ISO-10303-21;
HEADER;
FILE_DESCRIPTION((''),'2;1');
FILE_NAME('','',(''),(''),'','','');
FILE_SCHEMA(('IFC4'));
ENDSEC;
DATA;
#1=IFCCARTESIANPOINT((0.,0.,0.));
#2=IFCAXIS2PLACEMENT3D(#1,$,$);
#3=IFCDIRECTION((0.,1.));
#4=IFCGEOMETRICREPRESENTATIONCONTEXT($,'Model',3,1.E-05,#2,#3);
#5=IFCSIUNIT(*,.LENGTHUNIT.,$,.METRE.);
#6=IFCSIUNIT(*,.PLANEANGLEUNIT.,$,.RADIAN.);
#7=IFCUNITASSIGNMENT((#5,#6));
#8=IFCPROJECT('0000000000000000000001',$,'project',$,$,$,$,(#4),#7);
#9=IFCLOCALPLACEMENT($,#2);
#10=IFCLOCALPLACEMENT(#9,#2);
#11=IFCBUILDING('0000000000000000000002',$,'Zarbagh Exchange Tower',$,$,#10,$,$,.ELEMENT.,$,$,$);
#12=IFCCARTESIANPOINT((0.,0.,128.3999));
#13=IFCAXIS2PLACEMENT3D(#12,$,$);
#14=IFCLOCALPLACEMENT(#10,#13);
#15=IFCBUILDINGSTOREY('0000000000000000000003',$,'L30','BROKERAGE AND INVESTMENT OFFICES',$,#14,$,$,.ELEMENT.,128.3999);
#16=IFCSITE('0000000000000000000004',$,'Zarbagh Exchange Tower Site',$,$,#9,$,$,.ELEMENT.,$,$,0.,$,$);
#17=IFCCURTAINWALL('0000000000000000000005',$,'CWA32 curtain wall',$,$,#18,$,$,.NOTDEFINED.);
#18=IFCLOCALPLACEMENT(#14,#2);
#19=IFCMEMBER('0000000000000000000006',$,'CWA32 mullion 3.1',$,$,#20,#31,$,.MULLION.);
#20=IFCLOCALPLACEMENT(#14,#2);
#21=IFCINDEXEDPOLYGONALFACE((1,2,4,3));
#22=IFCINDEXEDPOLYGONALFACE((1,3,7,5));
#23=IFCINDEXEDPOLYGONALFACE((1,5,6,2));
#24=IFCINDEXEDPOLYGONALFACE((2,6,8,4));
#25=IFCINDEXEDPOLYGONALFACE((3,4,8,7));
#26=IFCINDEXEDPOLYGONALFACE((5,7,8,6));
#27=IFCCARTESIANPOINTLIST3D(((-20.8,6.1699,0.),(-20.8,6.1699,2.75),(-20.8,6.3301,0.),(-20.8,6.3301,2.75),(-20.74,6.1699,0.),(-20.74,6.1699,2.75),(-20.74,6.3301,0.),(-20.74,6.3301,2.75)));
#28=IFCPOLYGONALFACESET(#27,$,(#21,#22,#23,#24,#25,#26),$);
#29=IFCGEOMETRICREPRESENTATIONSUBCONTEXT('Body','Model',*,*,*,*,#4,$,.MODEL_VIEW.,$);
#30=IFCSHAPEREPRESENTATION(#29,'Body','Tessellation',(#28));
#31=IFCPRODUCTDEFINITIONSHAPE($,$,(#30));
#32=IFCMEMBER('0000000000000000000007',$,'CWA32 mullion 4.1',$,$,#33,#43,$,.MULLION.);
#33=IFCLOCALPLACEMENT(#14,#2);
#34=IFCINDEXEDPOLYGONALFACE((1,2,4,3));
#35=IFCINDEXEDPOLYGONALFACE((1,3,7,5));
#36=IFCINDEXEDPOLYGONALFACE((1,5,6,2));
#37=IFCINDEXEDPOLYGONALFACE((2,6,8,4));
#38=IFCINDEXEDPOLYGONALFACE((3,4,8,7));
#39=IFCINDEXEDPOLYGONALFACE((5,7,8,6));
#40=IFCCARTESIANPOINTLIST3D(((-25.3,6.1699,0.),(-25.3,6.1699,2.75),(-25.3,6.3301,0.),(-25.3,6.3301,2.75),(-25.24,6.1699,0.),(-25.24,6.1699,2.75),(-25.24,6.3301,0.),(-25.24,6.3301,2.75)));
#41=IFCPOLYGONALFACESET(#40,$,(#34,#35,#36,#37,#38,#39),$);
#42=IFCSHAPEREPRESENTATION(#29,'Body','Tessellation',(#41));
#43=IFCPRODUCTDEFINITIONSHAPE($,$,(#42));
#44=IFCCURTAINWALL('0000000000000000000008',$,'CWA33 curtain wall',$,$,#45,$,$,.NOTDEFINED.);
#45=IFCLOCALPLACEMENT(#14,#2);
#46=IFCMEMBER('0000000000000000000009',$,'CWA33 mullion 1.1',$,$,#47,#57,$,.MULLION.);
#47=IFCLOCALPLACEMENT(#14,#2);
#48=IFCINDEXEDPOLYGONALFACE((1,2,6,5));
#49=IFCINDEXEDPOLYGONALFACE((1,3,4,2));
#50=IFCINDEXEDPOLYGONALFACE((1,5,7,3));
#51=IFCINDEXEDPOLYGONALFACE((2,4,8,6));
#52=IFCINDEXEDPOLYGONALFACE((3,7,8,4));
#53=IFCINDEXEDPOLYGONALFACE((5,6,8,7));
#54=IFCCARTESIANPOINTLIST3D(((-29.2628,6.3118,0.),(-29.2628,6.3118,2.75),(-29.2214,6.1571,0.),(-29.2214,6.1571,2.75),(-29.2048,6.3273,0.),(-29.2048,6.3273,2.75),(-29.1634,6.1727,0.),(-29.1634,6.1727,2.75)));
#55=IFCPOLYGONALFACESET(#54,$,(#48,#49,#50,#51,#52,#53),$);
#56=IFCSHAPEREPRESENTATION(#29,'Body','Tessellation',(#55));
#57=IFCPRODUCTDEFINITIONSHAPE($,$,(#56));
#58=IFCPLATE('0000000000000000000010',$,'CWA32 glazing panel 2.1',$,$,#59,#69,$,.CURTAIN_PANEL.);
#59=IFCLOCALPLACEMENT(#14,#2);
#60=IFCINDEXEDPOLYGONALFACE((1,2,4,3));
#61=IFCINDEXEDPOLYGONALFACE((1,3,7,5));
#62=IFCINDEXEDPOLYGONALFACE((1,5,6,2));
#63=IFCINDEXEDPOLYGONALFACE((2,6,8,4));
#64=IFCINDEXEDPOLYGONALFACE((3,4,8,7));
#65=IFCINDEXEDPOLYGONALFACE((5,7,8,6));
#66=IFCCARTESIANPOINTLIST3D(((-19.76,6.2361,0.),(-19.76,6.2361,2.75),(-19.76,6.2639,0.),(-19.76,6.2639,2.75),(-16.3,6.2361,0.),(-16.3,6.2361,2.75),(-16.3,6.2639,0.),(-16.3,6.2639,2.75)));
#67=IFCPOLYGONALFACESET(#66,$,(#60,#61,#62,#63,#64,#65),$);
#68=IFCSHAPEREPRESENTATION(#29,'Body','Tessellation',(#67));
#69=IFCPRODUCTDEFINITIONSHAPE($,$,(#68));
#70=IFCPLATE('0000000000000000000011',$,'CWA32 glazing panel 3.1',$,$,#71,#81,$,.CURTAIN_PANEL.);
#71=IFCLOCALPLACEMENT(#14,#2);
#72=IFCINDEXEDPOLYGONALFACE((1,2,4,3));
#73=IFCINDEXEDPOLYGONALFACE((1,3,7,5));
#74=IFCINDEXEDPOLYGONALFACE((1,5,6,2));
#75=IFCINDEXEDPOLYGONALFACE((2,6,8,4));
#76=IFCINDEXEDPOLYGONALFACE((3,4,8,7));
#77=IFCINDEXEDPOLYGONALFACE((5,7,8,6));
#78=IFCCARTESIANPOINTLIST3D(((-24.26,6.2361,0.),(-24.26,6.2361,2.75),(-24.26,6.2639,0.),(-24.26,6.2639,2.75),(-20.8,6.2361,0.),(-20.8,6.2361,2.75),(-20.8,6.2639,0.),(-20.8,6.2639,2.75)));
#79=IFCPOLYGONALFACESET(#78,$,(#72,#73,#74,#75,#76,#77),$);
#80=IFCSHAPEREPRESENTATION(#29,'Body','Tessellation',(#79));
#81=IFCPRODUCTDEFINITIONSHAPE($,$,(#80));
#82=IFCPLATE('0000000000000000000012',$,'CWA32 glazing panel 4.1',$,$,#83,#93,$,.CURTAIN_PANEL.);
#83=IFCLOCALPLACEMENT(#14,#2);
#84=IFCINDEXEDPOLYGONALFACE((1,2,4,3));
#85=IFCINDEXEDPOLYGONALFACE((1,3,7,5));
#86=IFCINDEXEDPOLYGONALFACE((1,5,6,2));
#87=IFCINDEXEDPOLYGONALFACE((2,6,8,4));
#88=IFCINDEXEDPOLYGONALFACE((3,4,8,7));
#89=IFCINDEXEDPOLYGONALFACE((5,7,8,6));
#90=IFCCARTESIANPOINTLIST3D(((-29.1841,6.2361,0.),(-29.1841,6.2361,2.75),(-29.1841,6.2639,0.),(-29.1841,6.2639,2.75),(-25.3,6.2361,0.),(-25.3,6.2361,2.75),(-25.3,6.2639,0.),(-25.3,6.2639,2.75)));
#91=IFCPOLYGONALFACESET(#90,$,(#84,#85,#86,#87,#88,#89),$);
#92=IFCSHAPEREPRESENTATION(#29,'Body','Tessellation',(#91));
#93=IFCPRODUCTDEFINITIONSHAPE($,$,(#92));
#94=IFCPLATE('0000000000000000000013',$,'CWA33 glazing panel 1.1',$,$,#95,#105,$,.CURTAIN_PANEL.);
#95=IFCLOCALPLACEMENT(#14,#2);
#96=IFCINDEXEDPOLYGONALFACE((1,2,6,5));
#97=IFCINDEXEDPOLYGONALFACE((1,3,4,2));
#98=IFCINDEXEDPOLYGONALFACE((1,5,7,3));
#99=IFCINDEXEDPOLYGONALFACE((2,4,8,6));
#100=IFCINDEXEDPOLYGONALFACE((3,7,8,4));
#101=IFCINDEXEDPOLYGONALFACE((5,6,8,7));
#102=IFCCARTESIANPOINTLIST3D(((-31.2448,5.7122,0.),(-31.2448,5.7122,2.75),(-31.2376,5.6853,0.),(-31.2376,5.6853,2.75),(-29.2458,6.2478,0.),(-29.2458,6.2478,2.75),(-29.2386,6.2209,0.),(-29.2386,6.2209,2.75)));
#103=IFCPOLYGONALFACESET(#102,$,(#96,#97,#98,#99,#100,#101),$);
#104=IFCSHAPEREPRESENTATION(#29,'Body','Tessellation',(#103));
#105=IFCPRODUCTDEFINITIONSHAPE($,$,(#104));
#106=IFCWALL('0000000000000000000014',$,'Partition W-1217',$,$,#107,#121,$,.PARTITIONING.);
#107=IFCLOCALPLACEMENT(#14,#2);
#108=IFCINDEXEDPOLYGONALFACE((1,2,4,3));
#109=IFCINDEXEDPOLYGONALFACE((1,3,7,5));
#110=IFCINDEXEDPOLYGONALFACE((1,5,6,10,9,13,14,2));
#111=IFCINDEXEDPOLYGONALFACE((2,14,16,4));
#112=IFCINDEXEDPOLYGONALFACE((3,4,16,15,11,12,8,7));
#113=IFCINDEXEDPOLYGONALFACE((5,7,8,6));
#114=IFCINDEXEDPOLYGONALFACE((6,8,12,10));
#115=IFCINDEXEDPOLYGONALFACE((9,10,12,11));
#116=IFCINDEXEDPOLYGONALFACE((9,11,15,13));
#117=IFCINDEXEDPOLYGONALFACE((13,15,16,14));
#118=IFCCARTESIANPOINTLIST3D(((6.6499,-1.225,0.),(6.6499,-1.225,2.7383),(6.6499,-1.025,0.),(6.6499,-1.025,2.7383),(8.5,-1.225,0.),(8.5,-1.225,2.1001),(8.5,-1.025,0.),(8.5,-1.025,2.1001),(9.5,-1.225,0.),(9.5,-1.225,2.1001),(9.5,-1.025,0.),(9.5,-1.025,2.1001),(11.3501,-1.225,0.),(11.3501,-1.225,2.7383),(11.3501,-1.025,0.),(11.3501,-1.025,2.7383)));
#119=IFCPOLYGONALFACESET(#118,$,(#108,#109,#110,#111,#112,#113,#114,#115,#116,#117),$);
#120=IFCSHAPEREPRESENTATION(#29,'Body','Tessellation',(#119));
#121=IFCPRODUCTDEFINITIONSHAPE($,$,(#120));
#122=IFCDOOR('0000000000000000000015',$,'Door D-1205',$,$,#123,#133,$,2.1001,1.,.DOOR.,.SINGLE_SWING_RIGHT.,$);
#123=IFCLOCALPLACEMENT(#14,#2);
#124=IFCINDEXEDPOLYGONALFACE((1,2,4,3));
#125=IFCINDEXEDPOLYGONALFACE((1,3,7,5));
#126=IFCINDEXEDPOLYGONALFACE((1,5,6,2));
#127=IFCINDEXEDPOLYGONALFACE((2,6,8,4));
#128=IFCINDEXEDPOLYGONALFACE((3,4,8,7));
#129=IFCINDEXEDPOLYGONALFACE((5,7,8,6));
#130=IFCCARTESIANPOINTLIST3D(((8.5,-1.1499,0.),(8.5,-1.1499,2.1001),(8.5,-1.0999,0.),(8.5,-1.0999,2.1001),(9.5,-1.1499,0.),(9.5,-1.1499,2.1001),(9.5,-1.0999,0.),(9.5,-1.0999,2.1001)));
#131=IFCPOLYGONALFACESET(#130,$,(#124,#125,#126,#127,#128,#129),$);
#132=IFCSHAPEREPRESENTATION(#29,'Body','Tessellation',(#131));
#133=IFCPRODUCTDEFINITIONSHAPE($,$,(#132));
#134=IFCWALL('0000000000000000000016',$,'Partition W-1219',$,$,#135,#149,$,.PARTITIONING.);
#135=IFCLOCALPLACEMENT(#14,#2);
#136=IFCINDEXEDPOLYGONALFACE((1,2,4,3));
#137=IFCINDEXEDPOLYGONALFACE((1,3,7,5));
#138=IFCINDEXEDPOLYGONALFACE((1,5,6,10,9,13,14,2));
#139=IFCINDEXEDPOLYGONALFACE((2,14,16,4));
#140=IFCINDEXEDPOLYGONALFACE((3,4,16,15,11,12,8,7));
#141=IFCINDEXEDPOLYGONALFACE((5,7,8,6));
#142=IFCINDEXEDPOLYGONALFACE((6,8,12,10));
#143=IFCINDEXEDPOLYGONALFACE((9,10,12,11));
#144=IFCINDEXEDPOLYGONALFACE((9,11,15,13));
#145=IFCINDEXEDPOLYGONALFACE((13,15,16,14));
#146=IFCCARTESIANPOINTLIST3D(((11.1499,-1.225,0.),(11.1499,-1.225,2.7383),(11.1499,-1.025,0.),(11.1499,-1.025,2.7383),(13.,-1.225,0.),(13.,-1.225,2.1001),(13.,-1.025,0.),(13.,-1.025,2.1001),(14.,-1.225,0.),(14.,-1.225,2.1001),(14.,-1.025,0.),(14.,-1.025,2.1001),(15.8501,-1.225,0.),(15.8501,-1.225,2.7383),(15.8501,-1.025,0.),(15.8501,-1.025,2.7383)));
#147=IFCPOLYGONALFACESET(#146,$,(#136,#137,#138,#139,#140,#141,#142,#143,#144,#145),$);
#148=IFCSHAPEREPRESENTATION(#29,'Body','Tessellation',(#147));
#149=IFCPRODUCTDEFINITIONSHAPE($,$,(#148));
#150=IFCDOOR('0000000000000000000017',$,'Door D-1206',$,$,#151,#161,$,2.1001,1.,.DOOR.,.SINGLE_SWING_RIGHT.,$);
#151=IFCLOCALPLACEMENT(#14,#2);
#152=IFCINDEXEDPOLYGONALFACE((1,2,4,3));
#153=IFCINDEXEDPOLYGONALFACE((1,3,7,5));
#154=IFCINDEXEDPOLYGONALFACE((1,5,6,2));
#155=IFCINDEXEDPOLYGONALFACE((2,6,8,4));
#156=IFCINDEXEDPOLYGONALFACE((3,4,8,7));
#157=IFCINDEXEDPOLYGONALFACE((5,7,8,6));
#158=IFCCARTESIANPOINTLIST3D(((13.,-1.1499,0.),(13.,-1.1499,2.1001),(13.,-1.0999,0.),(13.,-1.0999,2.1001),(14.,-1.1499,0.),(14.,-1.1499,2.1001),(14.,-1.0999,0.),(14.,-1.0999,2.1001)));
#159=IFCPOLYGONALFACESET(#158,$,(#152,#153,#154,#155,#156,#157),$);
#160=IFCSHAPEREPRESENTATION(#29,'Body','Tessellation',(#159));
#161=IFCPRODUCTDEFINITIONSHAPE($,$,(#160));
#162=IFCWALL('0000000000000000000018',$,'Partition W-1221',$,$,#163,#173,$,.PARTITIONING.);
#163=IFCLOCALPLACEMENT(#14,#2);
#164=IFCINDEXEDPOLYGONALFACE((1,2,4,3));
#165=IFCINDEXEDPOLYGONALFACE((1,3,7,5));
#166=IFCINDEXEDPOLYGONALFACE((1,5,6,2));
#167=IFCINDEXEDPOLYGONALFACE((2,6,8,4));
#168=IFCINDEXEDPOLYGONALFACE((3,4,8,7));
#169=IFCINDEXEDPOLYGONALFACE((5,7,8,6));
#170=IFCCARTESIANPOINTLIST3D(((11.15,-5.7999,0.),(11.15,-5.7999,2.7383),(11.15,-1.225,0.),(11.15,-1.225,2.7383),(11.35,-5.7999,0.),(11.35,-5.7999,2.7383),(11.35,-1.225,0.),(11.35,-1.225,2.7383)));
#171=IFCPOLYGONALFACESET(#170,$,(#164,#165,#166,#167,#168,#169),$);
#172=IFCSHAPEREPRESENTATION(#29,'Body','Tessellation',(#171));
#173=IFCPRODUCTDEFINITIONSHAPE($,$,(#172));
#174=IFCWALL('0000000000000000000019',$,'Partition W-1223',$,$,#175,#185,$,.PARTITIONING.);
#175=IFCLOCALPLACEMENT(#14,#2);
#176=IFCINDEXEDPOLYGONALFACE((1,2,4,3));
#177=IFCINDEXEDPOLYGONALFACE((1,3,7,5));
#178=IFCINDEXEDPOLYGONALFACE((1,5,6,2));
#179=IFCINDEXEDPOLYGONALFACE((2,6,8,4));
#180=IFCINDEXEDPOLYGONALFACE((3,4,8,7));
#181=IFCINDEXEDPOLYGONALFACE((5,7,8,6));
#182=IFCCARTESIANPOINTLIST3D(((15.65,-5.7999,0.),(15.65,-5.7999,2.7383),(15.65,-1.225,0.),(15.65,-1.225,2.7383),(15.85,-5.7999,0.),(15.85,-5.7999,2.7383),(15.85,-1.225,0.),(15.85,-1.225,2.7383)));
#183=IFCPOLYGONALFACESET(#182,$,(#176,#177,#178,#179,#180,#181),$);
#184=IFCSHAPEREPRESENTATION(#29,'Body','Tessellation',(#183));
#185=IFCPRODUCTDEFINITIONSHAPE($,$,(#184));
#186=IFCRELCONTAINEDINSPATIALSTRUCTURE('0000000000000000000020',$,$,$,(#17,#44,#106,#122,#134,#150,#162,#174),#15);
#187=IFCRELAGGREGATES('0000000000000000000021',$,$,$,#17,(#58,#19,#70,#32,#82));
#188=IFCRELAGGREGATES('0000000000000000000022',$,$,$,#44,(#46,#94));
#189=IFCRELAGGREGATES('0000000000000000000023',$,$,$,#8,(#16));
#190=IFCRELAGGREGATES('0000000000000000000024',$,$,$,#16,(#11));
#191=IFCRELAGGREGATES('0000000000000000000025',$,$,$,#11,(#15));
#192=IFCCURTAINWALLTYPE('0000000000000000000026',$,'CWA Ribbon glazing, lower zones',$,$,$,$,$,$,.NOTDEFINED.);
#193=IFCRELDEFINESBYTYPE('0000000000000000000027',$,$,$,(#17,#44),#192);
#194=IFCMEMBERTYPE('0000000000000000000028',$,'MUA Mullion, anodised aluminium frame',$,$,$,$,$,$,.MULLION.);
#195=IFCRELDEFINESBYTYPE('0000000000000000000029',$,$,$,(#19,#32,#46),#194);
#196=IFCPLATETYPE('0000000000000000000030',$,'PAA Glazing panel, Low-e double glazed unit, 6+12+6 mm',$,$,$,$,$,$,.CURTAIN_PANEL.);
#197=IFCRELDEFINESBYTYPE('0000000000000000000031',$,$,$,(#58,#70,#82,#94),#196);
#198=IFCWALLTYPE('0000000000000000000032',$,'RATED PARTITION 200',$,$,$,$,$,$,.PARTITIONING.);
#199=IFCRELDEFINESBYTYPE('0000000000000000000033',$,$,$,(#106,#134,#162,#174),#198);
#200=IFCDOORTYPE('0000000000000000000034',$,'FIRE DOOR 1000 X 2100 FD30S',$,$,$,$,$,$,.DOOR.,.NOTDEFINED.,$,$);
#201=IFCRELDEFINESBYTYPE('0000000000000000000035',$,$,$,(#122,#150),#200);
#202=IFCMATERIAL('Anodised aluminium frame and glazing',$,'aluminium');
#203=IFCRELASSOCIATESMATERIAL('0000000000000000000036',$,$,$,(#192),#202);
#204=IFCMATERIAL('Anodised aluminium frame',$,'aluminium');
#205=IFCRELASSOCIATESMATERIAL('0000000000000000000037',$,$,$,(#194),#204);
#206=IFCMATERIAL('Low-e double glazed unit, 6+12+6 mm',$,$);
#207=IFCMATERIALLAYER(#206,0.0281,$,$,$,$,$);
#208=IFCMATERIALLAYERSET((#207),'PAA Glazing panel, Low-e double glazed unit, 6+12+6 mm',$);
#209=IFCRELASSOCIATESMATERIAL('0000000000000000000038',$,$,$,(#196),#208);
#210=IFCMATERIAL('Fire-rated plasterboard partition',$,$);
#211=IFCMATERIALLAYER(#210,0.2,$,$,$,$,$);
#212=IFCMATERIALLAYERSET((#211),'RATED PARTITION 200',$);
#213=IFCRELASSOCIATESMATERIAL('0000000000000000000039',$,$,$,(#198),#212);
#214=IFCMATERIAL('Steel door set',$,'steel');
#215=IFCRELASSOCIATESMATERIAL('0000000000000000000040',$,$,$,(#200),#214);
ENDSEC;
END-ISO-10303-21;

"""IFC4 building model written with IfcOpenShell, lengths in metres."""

from ifc_helpers import new_model, si_unit, direction, frame, frame_2d, origin, place, context, subcontext, project, spatial, polyline, rectangle, outline, extrude, source, transform, mapped, material, layer, layer_set, type_object, element, fill, aggregate, save


model = new_model("IFC4")

# Units and contexts
model_context = context("Model", 3, precision=1e-05, world=origin(), true_north=direction((0.0, 1.0)))
body_context = subcontext(model_context, "Body", "Model", "MODEL_VIEW")
ifc_project = project(units=[si_unit("LENGTHUNIT", "METRE"), si_unit("PLANEANGLEUNIT", "RADIAN")], contexts=[model_context])

# Site, building, storey
site_placement = place(None, origin())
site = spatial("IfcSite", under=ifc_project, at=site_placement, Name="Zarbagh Exchange Tower Site", CompositionType="ELEMENT", RefElevation=0.0)
building_placement = place(site_placement, origin())
building = spatial("IfcBuilding", under=site, at=building_placement, Name="Zarbagh Exchange Tower", CompositionType="ELEMENT")
storey_placement = place(building_placement, frame((0.0, 0.0, 128.3999)))
storey = spatial("IfcBuildingStorey", under=building, at=storey_placement, Name="L30", Description="BROKERAGE AND INVESTMENT OFFICES", CompositionType="ELEMENT", Elevation=128.3999)

# Curtain wall, members
ifc_material_1 = material(Name="Anodised aluminium frame and glazing", Category="aluminium")
curtain_wall_type = type_object("IfcCurtainWallType", Name="CWA Ribbon glazing, lower zones", PredefinedType="NOTDEFINED", material=ifc_material_1)
curtain_wall_1_placement = place(storey_placement, origin())
curtain_wall_1 = element("IfcCurtainWall", 1, at=curtain_wall_1_placement, inside=storey, type_object=curtain_wall_type, Name="CWA32 curtain wall", PredefinedType="NOTDEFINED")
ifc_material_2 = material(Name="Anodised aluminium frame", Category="aluminium")
member_type = type_object("IfcMemberType", Name="MUA Mullion, anodised aluminium frame", PredefinedType="MULLION", material=ifc_material_2)
shared_shape_1 = source(origin(), body_context, "Body", "SweptSolid", [
    extrude(outline(polyline([(0.0, -0.0801), (0.0601, -0.0801), (0.0601, 0.0801), (0.0, 0.0801), (0.0, -0.0801)])), origin(), (0.0, 0.0, 1.0), 2.75),
])
placement = place(storey_placement, origin())
member_1 = element("IfcMember", 2, at=placement, type_object=member_type, Name="CWA32 mullion 3.1", PredefinedType="MULLION", context=body_context, shape_type="MappedRepresentation", body=[
    mapped(shared_shape_1, transform((-20.74, 6.25, 0.0), x_axis=(-1.0, 0.0, 0.0), y_axis=(0.0, -1.0, 0.0), z_axis=(0.0, 0.0, 1.0))),
])
member_2 = element("IfcMember", 3, at=placement, type_object=member_type, Name="CWA32 mullion 4.1", PredefinedType="MULLION", context=body_context, shape_type="MappedRepresentation", body=[
    mapped(shared_shape_1, transform((-25.24, 6.25, 0.0), x_axis=(-1.0, 0.0, 0.0), y_axis=(0.0, -1.0, 0.0), z_axis=(0.0, 0.0, 1.0))),
])

# Curtain wall, member
curtain_wall_2_placement = place(storey_placement, origin())
curtain_wall_2 = element("IfcCurtainWall", 4, at=curtain_wall_2_placement, inside=storey, type_object=curtain_wall_type, Name="CWA33 curtain wall", PredefinedType="NOTDEFINED")
member_3 = element("IfcMember", 5, at=placement, type_object=member_type, Name="CWA33 mullion 1.1", PredefinedType="MULLION", context=body_context, shape_type="MappedRepresentation", body=[
    mapped(shared_shape_1, transform((-29.1841, 6.25, 0.0), x_axis=(-0.965924, -0.258825, 0.0), y_axis=(0.258825, -0.965924, 0.0), z_axis=(0.0, 0.0, 1.0))),
])

# Plates
ifc_material_3 = material(Name="Low-e double glazed unit, 6+12+6 mm")
ifc_layer_1 = layer(ifc_material_3, 0.0281)
ifc_layer_set_1 = layer_set([ifc_layer_1], Name="PAA Glazing panel, Low-e double glazed unit, 6+12+6 mm")
plate_type = type_object("IfcPlateType", Name="PAA Glazing panel, Low-e double glazed unit, 6+12+6 mm", PredefinedType="CURTAIN_PANEL", material=ifc_layer_set_1)
shared_shape_2 = source(origin(), body_context, "Body", "SweptSolid", [
    extrude(outline(polyline([(0.0, -0.0139), (3.46, -0.0139), (3.46, 0.0139), (0.0, 0.0139), (0.0, -0.0139)])), origin(), (0.0, 0.0, 1.0), 2.75),
])
plate_1 = element("IfcPlate", 6, at=placement, type_object=plate_type, Name="CWA32 glazing panel 2.1", PredefinedType="CURTAIN_PANEL", context=body_context, shape_type="MappedRepresentation", body=[
    mapped(shared_shape_2, transform((-16.3, 6.25, 0.0), x_axis=(-1.0, 0.0, 0.0), y_axis=(0.0, -1.0, 0.0), z_axis=(0.0, 0.0, 1.0))),
])
plate_2 = element("IfcPlate", 7, at=placement, type_object=plate_type, Name="CWA32 glazing panel 3.1", PredefinedType="CURTAIN_PANEL", context=body_context, shape_type="MappedRepresentation", body=[
    mapped(shared_shape_2, transform((-20.8, 6.25, 0.0), x_axis=(-1.0, 0.0, 0.0), y_axis=(0.0, -1.0, 0.0), z_axis=(0.0, 0.0, 1.0))),
])
shared_shape_3 = source(origin(), body_context, "Body", "SweptSolid", [
    extrude(outline(polyline([(0.0, -0.0139), (3.884, -0.0139), (3.884, 0.0139), (0.0, 0.0139), (0.0, -0.0139)])), origin(), (0.0, 0.0, 1.0), 2.75),
])
plate_3 = element("IfcPlate", 8, at=placement, type_object=plate_type, Name="CWA32 glazing panel 4.1", PredefinedType="CURTAIN_PANEL", context=body_context, shape_type="MappedRepresentation", body=[
    mapped(shared_shape_3, transform((-25.3, 6.25, 0.0), x_axis=(-1.0, 0.0, 0.0), y_axis=(0.0, -1.0, 0.0), z_axis=(0.0, 0.0, 1.0))),
])
aggregate(curtain_wall_1, [plate_1, member_1, plate_2, member_2, plate_3])
shared_shape_4 = source(origin(), body_context, "Body", "SweptSolid", [
    extrude(outline(polyline([(0.0, -0.0139), (2.0696, -0.0139), (2.0696, 0.0139), (0.0, 0.0139), (0.0, -0.0139)])), origin(), (0.0, 0.0, 1.0), 2.75),
])
plate_4 = element("IfcPlate", 9, at=placement, type_object=plate_type, Name="CWA33 glazing panel 1.1", PredefinedType="CURTAIN_PANEL", context=body_context, shape_type="MappedRepresentation", body=[
    mapped(shared_shape_4, transform((-29.2422, 6.2344, 0.0), x_axis=(-0.965924, -0.258825, 0.0), y_axis=(0.258825, -0.965924, 0.0), z_axis=(0.0, 0.0, 1.0))),
])
aggregate(curtain_wall_2, [member_3, plate_4])

# Walls, openings, doors
ifc_material_4 = material(Name="Fire-rated plasterboard partition")
ifc_layer_2 = layer(ifc_material_4, 0.2)
ifc_layer_set_2 = layer_set([ifc_layer_2], Name="RATED PARTITION 200")
wall_type = type_object("IfcWallType", Name="RATED PARTITION 200", PredefinedType="PARTITIONING", material=ifc_layer_set_2)
wall_1_placement = place(storey_placement, frame((11.3501, -1.125, 0.0), z_axis=(0.0, 0.0, 1.0), x_axis=(-1.0, 0.0, 0.0)))
wall_1 = element("IfcWall", 10, at=wall_1_placement, inside=storey, type_object=wall_type, Name="Partition W-1217", PredefinedType="PARTITIONING", context=body_context, shape_type="SweptSolid", body=[
    extrude(rectangle(XDim=4.7002, YDim=0.2, at=frame_2d((2.3501, 0.0))), origin(), (0.0, 0.0, 1.0), 2.7383),
])
opening_1_placement = place(wall_1_placement, frame((1.8501, 0.0, 0.0)))
opening_1 = element("IfcOpeningElement", 11, at=opening_1_placement, cuts=wall_1, PredefinedType="OPENING", context=body_context, shape_type="SweptSolid", body=[
    extrude(rectangle(XDim=1.0, YDim=2.1001, at=frame_2d((0.5, 1.05))), frame((0.0, 0.1099, 0.0), z_axis=(0.0, -1.0, 0.0), x_axis=(1.0, 0.0, 0.0)), (0.0, 0.0, 1.0), 0.22),
])
ifc_material_5 = material(Name="Steel door set", Category="steel")
door_type = type_object("IfcDoorType", Name="FIRE DOOR 1000 X 2100 FD30S", OperationType="NOTDEFINED", PredefinedType="DOOR", material=ifc_material_5)
door_1_placement = place(opening_1_placement, origin())
door_1 = element("IfcDoor", 12, at=door_1_placement, inside=storey, type_object=door_type, Name="Door D-1205", OperationType="SINGLE_SWING_RIGHT", OverallHeight=2.1001, OverallWidth=1.0, PredefinedType="DOOR", context=body_context, shape_type="SweptSolid", body=[
    extrude(rectangle(XDim=1.0, YDim=2.1001, at=frame_2d((0.5, 1.05))), frame((0.0, 0.0249, 0.0), z_axis=(0.0, -1.0, 0.0), x_axis=(1.0, 0.0, 0.0)), (0.0, 0.0, 1.0), 0.05),
])
fill(opening_1, door_1)
wall_2_placement = place(storey_placement, frame((15.8501, -1.125, 0.0), z_axis=(0.0, 0.0, 1.0), x_axis=(-1.0, 0.0, 0.0)))
wall_2 = element("IfcWall", 13, at=wall_2_placement, inside=storey, type_object=wall_type, Name="Partition W-1219", PredefinedType="PARTITIONING", context=body_context, shape_type="SweptSolid", body=[
    extrude(rectangle(XDim=4.7002, YDim=0.2, at=frame_2d((2.3501, 0.0))), origin(), (0.0, 0.0, 1.0), 2.7383),
])
opening_2_placement = place(wall_2_placement, frame((1.8501, 0.0, 0.0)))
opening_2 = element("IfcOpeningElement", 14, at=opening_2_placement, cuts=wall_2, PredefinedType="OPENING", context=body_context, shape_type="SweptSolid", body=[
    extrude(rectangle(XDim=1.0, YDim=2.1001, at=frame_2d((0.5, 1.05))), frame((0.0, 0.1099, 0.0), z_axis=(0.0, -1.0, 0.0), x_axis=(1.0, 0.0, 0.0)), (0.0, 0.0, 1.0), 0.22),
])
door_2_placement = place(opening_2_placement, origin())
door_2 = element("IfcDoor", 15, at=door_2_placement, inside=storey, type_object=door_type, Name="Door D-1206", OperationType="SINGLE_SWING_RIGHT", OverallHeight=2.1001, OverallWidth=1.0, PredefinedType="DOOR", context=body_context, shape_type="SweptSolid", body=[
    extrude(rectangle(XDim=1.0, YDim=2.1001, at=frame_2d((0.5, 1.05))), frame((0.0, 0.0249, 0.0), z_axis=(0.0, -1.0, 0.0), x_axis=(1.0, 0.0, 0.0)), (0.0, 0.0, 1.0), 0.05),
])
fill(opening_2, door_2)

# Walls
for number, where, z_axis, x_axis, name in (
    (16, (11.25, -5.8, 0.0), (0.0, 0.0, 1.0), (0.0, 1.0, 0.0), "Partition W-1221"),
    (17, (15.75, -5.8, 0.0), (0.0, 0.0, 1.0), (0.0, 1.0, 0.0), "Partition W-1223"),
):
    element("IfcWall", number, at=place(storey_placement, frame(where, z_axis=z_axis, x_axis=x_axis)), inside=storey, type_object=wall_type, Name=name, PredefinedType="PARTITIONING", context=body_context, shape_type="SweptSolid", body=[
        extrude(rectangle(XDim=4.575, YDim=0.2, at=frame_2d((2.2876, 0.0))), origin(), (0.0, 0.0, 1.0), 2.7383),
    ])

save(model, "model.ifc")
